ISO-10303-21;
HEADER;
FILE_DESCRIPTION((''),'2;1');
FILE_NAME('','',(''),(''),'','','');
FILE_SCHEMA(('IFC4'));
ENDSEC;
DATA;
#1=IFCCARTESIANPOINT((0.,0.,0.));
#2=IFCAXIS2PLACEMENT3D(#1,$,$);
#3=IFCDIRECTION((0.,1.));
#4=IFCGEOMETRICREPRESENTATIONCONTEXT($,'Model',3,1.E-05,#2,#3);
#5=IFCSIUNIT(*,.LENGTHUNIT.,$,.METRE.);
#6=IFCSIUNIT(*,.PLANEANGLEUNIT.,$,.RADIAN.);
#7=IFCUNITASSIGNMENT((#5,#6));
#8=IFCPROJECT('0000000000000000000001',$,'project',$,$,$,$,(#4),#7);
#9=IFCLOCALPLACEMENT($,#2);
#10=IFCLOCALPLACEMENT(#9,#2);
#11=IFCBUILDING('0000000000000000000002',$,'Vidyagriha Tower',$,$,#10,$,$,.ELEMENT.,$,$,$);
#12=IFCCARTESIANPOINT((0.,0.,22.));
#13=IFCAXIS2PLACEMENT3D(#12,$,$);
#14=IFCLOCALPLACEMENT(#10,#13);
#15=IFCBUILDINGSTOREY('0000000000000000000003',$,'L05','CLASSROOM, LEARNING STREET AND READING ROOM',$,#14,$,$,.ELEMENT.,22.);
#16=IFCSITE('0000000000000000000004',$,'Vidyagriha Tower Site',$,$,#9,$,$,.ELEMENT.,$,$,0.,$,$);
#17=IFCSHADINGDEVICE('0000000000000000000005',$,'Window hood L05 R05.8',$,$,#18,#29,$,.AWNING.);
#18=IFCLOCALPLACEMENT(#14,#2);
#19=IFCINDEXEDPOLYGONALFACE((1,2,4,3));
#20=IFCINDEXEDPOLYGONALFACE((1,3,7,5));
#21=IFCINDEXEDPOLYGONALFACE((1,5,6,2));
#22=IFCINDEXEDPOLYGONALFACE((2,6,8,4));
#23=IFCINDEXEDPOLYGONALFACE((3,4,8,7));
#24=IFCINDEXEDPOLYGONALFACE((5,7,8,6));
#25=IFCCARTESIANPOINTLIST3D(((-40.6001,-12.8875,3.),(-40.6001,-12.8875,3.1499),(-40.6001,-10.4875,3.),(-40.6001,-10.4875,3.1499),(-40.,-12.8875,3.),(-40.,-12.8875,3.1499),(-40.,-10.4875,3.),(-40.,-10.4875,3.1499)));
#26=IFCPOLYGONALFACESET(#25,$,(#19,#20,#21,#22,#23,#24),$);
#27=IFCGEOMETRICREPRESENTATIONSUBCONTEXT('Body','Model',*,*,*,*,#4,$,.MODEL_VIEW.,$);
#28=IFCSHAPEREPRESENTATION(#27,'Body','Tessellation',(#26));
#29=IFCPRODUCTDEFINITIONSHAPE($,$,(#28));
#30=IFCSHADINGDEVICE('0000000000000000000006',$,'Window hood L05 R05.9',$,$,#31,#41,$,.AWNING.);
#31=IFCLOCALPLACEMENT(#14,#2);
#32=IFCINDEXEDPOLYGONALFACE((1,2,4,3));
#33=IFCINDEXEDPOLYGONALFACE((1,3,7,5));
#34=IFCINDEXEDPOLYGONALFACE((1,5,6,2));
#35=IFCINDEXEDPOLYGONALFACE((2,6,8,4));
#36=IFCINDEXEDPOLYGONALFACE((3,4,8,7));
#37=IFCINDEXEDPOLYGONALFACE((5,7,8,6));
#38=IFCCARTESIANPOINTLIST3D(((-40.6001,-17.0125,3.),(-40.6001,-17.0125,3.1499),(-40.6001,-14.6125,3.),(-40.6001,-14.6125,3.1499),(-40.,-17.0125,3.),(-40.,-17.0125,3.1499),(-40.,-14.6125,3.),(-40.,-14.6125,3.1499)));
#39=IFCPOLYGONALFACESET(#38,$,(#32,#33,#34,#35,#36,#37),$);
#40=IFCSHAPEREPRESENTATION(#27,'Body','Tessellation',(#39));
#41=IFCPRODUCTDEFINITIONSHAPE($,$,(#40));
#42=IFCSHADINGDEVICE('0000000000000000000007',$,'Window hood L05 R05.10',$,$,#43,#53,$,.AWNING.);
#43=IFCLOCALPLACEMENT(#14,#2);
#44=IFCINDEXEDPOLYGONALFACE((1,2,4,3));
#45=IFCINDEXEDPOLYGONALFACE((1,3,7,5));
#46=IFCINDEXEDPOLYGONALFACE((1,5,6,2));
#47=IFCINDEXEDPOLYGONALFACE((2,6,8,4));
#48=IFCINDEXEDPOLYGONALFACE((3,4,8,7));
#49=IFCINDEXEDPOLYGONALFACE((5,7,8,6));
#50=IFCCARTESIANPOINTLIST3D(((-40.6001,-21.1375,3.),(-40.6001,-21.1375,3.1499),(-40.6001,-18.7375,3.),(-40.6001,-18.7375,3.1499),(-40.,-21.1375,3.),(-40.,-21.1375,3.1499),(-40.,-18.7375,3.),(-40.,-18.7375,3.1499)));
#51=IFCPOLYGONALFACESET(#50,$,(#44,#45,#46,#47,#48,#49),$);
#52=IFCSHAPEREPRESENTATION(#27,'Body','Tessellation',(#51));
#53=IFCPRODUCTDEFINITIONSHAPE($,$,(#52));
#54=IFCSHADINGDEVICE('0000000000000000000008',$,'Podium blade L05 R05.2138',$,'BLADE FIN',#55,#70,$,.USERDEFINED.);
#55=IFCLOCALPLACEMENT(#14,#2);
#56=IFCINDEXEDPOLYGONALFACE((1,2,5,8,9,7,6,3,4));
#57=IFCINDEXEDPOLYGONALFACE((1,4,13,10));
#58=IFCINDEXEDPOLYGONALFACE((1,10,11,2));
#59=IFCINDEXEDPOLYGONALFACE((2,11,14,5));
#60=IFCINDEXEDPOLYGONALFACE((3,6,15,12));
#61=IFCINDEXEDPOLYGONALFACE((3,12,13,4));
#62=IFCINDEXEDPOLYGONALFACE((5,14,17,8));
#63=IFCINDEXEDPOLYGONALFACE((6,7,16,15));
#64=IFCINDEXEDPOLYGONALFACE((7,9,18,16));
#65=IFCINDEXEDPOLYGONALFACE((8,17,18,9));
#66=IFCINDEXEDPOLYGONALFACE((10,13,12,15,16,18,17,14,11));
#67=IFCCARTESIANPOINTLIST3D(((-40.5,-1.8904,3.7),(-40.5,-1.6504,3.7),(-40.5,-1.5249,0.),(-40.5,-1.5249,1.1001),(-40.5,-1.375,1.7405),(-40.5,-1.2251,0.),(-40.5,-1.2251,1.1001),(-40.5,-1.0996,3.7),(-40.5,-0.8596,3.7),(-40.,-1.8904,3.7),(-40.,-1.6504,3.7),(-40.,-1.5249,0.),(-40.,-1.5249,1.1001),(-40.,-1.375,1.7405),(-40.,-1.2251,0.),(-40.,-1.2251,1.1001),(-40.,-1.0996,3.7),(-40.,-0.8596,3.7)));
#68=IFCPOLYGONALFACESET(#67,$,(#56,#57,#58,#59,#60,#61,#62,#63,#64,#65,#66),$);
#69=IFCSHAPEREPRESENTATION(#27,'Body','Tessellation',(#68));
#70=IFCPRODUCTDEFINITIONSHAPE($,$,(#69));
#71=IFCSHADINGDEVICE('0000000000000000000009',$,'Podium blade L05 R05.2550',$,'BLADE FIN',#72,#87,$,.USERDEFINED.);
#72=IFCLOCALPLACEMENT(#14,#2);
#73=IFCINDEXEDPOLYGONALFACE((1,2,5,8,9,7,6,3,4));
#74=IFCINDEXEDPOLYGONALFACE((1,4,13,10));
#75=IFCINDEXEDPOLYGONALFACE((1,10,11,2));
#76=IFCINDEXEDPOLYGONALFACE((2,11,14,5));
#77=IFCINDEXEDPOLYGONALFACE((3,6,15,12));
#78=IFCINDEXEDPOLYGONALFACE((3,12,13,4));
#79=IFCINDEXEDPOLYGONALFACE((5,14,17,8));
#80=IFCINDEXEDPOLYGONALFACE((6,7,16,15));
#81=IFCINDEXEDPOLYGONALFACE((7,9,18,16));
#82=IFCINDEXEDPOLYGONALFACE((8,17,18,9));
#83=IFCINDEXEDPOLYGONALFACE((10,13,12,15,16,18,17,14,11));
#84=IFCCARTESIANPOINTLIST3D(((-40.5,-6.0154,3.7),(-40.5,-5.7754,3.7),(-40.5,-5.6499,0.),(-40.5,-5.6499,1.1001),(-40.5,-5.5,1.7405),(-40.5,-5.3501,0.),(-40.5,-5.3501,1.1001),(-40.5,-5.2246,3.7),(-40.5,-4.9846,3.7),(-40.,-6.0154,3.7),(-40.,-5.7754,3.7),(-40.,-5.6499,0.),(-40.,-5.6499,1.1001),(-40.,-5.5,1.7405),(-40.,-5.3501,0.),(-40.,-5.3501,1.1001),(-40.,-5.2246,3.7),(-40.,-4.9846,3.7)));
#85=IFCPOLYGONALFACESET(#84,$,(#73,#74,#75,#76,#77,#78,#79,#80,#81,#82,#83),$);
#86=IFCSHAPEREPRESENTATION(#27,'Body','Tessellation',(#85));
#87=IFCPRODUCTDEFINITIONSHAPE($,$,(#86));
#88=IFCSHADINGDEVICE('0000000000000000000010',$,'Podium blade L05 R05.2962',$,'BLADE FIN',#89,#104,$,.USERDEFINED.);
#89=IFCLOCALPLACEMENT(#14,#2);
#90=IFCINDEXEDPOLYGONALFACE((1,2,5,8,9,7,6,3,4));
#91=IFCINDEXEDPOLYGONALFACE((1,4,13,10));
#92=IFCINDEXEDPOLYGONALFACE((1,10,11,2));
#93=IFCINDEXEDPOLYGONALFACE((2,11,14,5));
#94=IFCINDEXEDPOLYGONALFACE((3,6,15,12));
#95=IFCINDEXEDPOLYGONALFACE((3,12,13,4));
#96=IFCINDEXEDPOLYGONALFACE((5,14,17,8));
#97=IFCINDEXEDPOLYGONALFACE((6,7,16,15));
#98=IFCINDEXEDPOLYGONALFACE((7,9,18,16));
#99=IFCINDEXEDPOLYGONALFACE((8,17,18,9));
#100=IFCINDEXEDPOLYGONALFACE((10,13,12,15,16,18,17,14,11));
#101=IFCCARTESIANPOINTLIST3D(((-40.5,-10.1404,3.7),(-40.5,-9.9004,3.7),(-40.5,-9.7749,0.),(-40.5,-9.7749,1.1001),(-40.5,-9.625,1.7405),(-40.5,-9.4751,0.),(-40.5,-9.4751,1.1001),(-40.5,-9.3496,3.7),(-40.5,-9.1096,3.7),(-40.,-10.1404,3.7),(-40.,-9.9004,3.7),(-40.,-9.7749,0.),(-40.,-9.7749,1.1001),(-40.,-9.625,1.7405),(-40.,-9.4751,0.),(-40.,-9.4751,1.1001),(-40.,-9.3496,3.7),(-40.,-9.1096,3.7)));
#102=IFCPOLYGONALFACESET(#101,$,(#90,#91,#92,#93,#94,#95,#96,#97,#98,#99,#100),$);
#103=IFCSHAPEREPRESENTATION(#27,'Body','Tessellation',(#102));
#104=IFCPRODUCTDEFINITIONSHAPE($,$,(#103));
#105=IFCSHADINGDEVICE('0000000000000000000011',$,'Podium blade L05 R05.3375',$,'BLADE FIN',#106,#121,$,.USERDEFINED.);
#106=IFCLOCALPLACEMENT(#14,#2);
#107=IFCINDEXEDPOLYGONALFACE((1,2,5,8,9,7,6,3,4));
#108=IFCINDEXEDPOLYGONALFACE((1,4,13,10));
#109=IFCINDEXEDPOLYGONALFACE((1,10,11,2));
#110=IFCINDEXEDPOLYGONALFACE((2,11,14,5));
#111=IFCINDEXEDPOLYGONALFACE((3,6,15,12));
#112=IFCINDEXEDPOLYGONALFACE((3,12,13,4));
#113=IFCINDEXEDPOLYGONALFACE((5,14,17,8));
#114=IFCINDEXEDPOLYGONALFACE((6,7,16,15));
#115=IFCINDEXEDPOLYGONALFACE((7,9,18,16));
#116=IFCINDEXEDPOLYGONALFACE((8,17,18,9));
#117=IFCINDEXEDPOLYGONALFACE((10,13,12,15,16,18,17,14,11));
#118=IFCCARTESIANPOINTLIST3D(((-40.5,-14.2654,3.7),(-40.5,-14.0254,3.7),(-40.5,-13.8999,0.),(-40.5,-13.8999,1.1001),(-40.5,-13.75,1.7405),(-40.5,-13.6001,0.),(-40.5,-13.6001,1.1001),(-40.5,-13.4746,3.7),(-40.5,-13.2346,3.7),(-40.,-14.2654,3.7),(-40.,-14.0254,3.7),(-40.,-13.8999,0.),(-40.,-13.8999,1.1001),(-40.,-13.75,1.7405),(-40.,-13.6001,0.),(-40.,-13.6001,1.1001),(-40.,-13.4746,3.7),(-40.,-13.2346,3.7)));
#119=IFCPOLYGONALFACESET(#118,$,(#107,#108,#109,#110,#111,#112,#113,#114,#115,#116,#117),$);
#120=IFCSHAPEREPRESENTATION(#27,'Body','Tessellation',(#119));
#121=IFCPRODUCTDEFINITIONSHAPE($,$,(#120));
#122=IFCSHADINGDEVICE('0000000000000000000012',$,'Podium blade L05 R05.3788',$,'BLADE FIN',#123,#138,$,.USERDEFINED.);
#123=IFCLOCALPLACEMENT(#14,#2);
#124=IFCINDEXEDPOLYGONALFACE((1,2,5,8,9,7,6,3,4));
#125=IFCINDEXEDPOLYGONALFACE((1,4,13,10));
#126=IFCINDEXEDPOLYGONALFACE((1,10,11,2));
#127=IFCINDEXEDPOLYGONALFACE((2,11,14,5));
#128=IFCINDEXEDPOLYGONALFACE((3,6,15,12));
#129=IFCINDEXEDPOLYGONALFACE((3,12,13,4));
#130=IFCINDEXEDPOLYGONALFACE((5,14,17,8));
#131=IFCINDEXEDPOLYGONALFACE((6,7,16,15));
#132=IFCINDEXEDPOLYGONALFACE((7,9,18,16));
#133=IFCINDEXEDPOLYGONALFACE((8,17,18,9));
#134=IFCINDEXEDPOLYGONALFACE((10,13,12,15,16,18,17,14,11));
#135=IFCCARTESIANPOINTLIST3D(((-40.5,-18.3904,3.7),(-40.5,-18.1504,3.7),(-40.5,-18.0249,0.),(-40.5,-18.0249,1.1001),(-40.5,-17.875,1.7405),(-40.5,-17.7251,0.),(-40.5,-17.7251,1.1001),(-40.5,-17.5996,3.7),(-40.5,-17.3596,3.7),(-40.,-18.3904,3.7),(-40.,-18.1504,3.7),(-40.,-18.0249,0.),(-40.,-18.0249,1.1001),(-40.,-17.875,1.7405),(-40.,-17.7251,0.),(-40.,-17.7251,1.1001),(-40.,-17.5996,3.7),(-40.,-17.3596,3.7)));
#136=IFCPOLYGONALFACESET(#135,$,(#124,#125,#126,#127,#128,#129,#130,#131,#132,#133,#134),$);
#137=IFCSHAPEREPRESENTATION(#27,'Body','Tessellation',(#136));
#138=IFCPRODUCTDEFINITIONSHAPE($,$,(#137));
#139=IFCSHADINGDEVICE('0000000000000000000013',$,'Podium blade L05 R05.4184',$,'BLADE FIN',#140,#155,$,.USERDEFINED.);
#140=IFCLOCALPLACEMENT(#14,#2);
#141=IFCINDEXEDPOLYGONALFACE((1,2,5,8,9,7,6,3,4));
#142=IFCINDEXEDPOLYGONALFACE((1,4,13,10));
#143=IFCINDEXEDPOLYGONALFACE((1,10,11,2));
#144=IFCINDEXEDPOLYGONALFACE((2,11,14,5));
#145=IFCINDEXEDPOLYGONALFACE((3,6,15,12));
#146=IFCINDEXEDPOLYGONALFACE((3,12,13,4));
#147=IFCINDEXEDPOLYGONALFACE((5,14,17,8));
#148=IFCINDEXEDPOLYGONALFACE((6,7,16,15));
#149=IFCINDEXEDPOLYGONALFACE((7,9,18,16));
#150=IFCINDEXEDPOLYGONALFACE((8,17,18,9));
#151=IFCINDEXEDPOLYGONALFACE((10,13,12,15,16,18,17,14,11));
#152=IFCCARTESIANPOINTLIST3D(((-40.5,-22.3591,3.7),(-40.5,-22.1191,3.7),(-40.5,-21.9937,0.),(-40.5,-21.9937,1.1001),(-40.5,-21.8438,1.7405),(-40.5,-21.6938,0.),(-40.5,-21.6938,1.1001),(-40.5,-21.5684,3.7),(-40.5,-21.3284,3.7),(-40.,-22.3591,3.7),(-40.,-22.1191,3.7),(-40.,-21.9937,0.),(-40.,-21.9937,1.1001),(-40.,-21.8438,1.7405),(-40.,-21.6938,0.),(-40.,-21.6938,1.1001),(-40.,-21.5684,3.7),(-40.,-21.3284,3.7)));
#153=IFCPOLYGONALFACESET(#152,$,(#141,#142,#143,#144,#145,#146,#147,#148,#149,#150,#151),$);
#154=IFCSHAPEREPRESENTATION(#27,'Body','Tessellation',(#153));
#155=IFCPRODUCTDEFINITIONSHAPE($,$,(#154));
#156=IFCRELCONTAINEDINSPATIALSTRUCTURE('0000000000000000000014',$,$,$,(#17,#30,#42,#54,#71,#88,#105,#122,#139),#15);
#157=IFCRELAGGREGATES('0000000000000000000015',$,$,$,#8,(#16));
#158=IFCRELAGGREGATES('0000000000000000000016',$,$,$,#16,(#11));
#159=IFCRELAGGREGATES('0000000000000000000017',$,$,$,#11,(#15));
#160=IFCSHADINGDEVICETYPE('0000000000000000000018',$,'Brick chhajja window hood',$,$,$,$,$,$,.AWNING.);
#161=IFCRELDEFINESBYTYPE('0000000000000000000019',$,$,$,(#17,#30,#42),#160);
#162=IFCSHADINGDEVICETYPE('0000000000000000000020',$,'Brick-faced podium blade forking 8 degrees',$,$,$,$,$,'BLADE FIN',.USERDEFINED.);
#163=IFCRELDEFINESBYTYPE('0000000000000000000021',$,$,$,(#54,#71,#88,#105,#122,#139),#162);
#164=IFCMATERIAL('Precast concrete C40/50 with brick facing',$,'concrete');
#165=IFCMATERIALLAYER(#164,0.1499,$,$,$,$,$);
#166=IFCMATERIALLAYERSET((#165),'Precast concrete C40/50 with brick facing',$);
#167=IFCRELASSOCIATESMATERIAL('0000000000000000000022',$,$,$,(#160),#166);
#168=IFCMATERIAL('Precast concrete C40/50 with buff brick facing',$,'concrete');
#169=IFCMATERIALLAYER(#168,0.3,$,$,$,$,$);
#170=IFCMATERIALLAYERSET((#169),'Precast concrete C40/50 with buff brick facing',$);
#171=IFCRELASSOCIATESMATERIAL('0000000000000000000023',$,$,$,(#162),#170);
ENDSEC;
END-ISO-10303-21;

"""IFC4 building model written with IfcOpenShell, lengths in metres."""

from ifc_helpers import new_model, si_unit, direction, frame, origin, origin_2d, place, context, subcontext, project, spatial, polyline, rectangle, outline, extrude, material, layer, layer_set, type_object, element, save


model = new_model("IFC4")

# Units and contexts
model_context = context("Model", 3, precision=1e-05, world=origin(), true_north=direction((0.0, 1.0)))
body_context = subcontext(model_context, "Body", "Model", "MODEL_VIEW")
ifc_project = project(units=[si_unit("LENGTHUNIT", "METRE"), si_unit("PLANEANGLEUNIT", "RADIAN")], contexts=[model_context])

# Site, building, storey
site_placement = place(None, origin())
site = spatial("IfcSite", under=ifc_project, at=site_placement, Name="Vidyagriha Tower Site", CompositionType="ELEMENT", RefElevation=0.0)
building_placement = place(site_placement, origin())
building = spatial("IfcBuilding", under=site, at=building_placement, Name="Vidyagriha Tower", CompositionType="ELEMENT")
storey_placement = place(building_placement, frame((0.0, 0.0, 22.0)))
storey = spatial("IfcBuildingStorey", under=building, at=storey_placement, Name="L05", Description="CLASSROOM, LEARNING STREET AND READING ROOM", CompositionType="ELEMENT", Elevation=22.0)

# Shading devices
ifc_material_1 = material(Name="Precast concrete C40/50 with brick facing", Category="concrete")
ifc_layer_1 = layer(ifc_material_1, 0.1499)
ifc_layer_set_1 = layer_set([ifc_layer_1], Name="Precast concrete C40/50 with brick facing")
shading_device_type_1 = type_object("IfcShadingDeviceType", Name="Brick chhajja window hood", PredefinedType="AWNING", material=ifc_layer_set_1)
for number, where, z_axis, x_axis, name in (
    (1, (-40.3, -11.6875, 3.0), (0.0, 0.0, 1.0), (0.0, -1.0, 0.0), "Window hood L05 R05.8"),
    (2, (-40.3, -15.8125, 3.0), (0.0, 0.0, 1.0), (0.0, -1.0, 0.0), "Window hood L05 R05.9"),
    (3, (-40.3, -19.9375, 3.0), (0.0, 0.0, 1.0), (0.0, -1.0, 0.0), "Window hood L05 R05.10"),
):
    element("IfcShadingDevice", number, at=place(storey_placement, frame(where, z_axis=z_axis, x_axis=x_axis)), inside=storey, type_object=shading_device_type_1, Name=name, PredefinedType="AWNING", context=body_context, shape_type="SweptSolid", body=[
        extrude(rectangle(XDim=2.3999, YDim=0.6001, at=origin_2d()), origin(), (0.0, 0.0, 1.0), 0.1499),
    ])
ifc_material_2 = material(Name="Precast concrete C40/50 with buff brick facing", Category="concrete")
ifc_layer_2 = layer(ifc_material_2, 0.3)
ifc_layer_set_2 = layer_set([ifc_layer_2], Name="Precast concrete C40/50 with buff brick facing")
shading_device_type_2 = type_object("IfcShadingDeviceType", Name="Brick-faced podium blade forking 8 degrees", ElementType="BLADE FIN", PredefinedType="USERDEFINED", material=ifc_layer_set_2)
for number, where, z_axis, x_axis, name in (
    (4, (-40.25, -0.8596, 0.0), (0.0, 0.0, 1.0), (0.0, -1.0, 0.0), "Podium blade L05 R05.2138"),
    (5, (-40.25, -4.9846, 0.0), (0.0, 0.0, 1.0), (0.0, -1.0, 0.0), "Podium blade L05 R05.2550"),
    (6, (-40.25, -9.1096, 0.0), (0.0, 0.0, 1.0), (0.0, -1.0, 0.0), "Podium blade L05 R05.2962"),
    (7, (-40.25, -13.2346, 0.0), (0.0, 0.0, 1.0), (0.0, -1.0, 0.0), "Podium blade L05 R05.3375"),
    (8, (-40.25, -17.3596, 0.0), (0.0, 0.0, 1.0), (0.0, -1.0, 0.0), "Podium blade L05 R05.3788"),
    (9, (-40.25, -21.3284, 0.0), (0.0, 0.0, 1.0), (0.0, -1.0, 0.0), "Podium blade L05 R05.4184"),
):
    element("IfcShadingDevice", number, at=place(storey_placement, frame(where, z_axis=z_axis, x_axis=x_axis)), inside=storey, type_object=shading_device_type_2, Name=name, ObjectType="BLADE FIN", PredefinedType="USERDEFINED", context=body_context, shape_type="SweptSolid", body=[
        extrude(outline(polyline([(0.6653, 0.0), (0.6653, 1.1001), (1.0308, 3.7), (0.7908, 3.7), (0.5154, 1.7405), (0.24, 3.7), (0.0, 3.7), (0.3655, 1.1001), (0.3655, 0.0), (0.6653, 0.0)])), frame((0.0, 0.25, 0.0), z_axis=(0.0, -1.0, 0.0), x_axis=(1.0, 0.0, 0.0)), (0.0, 0.0, 1.0), 0.5),
    ])

save(model, "model.ifc")
